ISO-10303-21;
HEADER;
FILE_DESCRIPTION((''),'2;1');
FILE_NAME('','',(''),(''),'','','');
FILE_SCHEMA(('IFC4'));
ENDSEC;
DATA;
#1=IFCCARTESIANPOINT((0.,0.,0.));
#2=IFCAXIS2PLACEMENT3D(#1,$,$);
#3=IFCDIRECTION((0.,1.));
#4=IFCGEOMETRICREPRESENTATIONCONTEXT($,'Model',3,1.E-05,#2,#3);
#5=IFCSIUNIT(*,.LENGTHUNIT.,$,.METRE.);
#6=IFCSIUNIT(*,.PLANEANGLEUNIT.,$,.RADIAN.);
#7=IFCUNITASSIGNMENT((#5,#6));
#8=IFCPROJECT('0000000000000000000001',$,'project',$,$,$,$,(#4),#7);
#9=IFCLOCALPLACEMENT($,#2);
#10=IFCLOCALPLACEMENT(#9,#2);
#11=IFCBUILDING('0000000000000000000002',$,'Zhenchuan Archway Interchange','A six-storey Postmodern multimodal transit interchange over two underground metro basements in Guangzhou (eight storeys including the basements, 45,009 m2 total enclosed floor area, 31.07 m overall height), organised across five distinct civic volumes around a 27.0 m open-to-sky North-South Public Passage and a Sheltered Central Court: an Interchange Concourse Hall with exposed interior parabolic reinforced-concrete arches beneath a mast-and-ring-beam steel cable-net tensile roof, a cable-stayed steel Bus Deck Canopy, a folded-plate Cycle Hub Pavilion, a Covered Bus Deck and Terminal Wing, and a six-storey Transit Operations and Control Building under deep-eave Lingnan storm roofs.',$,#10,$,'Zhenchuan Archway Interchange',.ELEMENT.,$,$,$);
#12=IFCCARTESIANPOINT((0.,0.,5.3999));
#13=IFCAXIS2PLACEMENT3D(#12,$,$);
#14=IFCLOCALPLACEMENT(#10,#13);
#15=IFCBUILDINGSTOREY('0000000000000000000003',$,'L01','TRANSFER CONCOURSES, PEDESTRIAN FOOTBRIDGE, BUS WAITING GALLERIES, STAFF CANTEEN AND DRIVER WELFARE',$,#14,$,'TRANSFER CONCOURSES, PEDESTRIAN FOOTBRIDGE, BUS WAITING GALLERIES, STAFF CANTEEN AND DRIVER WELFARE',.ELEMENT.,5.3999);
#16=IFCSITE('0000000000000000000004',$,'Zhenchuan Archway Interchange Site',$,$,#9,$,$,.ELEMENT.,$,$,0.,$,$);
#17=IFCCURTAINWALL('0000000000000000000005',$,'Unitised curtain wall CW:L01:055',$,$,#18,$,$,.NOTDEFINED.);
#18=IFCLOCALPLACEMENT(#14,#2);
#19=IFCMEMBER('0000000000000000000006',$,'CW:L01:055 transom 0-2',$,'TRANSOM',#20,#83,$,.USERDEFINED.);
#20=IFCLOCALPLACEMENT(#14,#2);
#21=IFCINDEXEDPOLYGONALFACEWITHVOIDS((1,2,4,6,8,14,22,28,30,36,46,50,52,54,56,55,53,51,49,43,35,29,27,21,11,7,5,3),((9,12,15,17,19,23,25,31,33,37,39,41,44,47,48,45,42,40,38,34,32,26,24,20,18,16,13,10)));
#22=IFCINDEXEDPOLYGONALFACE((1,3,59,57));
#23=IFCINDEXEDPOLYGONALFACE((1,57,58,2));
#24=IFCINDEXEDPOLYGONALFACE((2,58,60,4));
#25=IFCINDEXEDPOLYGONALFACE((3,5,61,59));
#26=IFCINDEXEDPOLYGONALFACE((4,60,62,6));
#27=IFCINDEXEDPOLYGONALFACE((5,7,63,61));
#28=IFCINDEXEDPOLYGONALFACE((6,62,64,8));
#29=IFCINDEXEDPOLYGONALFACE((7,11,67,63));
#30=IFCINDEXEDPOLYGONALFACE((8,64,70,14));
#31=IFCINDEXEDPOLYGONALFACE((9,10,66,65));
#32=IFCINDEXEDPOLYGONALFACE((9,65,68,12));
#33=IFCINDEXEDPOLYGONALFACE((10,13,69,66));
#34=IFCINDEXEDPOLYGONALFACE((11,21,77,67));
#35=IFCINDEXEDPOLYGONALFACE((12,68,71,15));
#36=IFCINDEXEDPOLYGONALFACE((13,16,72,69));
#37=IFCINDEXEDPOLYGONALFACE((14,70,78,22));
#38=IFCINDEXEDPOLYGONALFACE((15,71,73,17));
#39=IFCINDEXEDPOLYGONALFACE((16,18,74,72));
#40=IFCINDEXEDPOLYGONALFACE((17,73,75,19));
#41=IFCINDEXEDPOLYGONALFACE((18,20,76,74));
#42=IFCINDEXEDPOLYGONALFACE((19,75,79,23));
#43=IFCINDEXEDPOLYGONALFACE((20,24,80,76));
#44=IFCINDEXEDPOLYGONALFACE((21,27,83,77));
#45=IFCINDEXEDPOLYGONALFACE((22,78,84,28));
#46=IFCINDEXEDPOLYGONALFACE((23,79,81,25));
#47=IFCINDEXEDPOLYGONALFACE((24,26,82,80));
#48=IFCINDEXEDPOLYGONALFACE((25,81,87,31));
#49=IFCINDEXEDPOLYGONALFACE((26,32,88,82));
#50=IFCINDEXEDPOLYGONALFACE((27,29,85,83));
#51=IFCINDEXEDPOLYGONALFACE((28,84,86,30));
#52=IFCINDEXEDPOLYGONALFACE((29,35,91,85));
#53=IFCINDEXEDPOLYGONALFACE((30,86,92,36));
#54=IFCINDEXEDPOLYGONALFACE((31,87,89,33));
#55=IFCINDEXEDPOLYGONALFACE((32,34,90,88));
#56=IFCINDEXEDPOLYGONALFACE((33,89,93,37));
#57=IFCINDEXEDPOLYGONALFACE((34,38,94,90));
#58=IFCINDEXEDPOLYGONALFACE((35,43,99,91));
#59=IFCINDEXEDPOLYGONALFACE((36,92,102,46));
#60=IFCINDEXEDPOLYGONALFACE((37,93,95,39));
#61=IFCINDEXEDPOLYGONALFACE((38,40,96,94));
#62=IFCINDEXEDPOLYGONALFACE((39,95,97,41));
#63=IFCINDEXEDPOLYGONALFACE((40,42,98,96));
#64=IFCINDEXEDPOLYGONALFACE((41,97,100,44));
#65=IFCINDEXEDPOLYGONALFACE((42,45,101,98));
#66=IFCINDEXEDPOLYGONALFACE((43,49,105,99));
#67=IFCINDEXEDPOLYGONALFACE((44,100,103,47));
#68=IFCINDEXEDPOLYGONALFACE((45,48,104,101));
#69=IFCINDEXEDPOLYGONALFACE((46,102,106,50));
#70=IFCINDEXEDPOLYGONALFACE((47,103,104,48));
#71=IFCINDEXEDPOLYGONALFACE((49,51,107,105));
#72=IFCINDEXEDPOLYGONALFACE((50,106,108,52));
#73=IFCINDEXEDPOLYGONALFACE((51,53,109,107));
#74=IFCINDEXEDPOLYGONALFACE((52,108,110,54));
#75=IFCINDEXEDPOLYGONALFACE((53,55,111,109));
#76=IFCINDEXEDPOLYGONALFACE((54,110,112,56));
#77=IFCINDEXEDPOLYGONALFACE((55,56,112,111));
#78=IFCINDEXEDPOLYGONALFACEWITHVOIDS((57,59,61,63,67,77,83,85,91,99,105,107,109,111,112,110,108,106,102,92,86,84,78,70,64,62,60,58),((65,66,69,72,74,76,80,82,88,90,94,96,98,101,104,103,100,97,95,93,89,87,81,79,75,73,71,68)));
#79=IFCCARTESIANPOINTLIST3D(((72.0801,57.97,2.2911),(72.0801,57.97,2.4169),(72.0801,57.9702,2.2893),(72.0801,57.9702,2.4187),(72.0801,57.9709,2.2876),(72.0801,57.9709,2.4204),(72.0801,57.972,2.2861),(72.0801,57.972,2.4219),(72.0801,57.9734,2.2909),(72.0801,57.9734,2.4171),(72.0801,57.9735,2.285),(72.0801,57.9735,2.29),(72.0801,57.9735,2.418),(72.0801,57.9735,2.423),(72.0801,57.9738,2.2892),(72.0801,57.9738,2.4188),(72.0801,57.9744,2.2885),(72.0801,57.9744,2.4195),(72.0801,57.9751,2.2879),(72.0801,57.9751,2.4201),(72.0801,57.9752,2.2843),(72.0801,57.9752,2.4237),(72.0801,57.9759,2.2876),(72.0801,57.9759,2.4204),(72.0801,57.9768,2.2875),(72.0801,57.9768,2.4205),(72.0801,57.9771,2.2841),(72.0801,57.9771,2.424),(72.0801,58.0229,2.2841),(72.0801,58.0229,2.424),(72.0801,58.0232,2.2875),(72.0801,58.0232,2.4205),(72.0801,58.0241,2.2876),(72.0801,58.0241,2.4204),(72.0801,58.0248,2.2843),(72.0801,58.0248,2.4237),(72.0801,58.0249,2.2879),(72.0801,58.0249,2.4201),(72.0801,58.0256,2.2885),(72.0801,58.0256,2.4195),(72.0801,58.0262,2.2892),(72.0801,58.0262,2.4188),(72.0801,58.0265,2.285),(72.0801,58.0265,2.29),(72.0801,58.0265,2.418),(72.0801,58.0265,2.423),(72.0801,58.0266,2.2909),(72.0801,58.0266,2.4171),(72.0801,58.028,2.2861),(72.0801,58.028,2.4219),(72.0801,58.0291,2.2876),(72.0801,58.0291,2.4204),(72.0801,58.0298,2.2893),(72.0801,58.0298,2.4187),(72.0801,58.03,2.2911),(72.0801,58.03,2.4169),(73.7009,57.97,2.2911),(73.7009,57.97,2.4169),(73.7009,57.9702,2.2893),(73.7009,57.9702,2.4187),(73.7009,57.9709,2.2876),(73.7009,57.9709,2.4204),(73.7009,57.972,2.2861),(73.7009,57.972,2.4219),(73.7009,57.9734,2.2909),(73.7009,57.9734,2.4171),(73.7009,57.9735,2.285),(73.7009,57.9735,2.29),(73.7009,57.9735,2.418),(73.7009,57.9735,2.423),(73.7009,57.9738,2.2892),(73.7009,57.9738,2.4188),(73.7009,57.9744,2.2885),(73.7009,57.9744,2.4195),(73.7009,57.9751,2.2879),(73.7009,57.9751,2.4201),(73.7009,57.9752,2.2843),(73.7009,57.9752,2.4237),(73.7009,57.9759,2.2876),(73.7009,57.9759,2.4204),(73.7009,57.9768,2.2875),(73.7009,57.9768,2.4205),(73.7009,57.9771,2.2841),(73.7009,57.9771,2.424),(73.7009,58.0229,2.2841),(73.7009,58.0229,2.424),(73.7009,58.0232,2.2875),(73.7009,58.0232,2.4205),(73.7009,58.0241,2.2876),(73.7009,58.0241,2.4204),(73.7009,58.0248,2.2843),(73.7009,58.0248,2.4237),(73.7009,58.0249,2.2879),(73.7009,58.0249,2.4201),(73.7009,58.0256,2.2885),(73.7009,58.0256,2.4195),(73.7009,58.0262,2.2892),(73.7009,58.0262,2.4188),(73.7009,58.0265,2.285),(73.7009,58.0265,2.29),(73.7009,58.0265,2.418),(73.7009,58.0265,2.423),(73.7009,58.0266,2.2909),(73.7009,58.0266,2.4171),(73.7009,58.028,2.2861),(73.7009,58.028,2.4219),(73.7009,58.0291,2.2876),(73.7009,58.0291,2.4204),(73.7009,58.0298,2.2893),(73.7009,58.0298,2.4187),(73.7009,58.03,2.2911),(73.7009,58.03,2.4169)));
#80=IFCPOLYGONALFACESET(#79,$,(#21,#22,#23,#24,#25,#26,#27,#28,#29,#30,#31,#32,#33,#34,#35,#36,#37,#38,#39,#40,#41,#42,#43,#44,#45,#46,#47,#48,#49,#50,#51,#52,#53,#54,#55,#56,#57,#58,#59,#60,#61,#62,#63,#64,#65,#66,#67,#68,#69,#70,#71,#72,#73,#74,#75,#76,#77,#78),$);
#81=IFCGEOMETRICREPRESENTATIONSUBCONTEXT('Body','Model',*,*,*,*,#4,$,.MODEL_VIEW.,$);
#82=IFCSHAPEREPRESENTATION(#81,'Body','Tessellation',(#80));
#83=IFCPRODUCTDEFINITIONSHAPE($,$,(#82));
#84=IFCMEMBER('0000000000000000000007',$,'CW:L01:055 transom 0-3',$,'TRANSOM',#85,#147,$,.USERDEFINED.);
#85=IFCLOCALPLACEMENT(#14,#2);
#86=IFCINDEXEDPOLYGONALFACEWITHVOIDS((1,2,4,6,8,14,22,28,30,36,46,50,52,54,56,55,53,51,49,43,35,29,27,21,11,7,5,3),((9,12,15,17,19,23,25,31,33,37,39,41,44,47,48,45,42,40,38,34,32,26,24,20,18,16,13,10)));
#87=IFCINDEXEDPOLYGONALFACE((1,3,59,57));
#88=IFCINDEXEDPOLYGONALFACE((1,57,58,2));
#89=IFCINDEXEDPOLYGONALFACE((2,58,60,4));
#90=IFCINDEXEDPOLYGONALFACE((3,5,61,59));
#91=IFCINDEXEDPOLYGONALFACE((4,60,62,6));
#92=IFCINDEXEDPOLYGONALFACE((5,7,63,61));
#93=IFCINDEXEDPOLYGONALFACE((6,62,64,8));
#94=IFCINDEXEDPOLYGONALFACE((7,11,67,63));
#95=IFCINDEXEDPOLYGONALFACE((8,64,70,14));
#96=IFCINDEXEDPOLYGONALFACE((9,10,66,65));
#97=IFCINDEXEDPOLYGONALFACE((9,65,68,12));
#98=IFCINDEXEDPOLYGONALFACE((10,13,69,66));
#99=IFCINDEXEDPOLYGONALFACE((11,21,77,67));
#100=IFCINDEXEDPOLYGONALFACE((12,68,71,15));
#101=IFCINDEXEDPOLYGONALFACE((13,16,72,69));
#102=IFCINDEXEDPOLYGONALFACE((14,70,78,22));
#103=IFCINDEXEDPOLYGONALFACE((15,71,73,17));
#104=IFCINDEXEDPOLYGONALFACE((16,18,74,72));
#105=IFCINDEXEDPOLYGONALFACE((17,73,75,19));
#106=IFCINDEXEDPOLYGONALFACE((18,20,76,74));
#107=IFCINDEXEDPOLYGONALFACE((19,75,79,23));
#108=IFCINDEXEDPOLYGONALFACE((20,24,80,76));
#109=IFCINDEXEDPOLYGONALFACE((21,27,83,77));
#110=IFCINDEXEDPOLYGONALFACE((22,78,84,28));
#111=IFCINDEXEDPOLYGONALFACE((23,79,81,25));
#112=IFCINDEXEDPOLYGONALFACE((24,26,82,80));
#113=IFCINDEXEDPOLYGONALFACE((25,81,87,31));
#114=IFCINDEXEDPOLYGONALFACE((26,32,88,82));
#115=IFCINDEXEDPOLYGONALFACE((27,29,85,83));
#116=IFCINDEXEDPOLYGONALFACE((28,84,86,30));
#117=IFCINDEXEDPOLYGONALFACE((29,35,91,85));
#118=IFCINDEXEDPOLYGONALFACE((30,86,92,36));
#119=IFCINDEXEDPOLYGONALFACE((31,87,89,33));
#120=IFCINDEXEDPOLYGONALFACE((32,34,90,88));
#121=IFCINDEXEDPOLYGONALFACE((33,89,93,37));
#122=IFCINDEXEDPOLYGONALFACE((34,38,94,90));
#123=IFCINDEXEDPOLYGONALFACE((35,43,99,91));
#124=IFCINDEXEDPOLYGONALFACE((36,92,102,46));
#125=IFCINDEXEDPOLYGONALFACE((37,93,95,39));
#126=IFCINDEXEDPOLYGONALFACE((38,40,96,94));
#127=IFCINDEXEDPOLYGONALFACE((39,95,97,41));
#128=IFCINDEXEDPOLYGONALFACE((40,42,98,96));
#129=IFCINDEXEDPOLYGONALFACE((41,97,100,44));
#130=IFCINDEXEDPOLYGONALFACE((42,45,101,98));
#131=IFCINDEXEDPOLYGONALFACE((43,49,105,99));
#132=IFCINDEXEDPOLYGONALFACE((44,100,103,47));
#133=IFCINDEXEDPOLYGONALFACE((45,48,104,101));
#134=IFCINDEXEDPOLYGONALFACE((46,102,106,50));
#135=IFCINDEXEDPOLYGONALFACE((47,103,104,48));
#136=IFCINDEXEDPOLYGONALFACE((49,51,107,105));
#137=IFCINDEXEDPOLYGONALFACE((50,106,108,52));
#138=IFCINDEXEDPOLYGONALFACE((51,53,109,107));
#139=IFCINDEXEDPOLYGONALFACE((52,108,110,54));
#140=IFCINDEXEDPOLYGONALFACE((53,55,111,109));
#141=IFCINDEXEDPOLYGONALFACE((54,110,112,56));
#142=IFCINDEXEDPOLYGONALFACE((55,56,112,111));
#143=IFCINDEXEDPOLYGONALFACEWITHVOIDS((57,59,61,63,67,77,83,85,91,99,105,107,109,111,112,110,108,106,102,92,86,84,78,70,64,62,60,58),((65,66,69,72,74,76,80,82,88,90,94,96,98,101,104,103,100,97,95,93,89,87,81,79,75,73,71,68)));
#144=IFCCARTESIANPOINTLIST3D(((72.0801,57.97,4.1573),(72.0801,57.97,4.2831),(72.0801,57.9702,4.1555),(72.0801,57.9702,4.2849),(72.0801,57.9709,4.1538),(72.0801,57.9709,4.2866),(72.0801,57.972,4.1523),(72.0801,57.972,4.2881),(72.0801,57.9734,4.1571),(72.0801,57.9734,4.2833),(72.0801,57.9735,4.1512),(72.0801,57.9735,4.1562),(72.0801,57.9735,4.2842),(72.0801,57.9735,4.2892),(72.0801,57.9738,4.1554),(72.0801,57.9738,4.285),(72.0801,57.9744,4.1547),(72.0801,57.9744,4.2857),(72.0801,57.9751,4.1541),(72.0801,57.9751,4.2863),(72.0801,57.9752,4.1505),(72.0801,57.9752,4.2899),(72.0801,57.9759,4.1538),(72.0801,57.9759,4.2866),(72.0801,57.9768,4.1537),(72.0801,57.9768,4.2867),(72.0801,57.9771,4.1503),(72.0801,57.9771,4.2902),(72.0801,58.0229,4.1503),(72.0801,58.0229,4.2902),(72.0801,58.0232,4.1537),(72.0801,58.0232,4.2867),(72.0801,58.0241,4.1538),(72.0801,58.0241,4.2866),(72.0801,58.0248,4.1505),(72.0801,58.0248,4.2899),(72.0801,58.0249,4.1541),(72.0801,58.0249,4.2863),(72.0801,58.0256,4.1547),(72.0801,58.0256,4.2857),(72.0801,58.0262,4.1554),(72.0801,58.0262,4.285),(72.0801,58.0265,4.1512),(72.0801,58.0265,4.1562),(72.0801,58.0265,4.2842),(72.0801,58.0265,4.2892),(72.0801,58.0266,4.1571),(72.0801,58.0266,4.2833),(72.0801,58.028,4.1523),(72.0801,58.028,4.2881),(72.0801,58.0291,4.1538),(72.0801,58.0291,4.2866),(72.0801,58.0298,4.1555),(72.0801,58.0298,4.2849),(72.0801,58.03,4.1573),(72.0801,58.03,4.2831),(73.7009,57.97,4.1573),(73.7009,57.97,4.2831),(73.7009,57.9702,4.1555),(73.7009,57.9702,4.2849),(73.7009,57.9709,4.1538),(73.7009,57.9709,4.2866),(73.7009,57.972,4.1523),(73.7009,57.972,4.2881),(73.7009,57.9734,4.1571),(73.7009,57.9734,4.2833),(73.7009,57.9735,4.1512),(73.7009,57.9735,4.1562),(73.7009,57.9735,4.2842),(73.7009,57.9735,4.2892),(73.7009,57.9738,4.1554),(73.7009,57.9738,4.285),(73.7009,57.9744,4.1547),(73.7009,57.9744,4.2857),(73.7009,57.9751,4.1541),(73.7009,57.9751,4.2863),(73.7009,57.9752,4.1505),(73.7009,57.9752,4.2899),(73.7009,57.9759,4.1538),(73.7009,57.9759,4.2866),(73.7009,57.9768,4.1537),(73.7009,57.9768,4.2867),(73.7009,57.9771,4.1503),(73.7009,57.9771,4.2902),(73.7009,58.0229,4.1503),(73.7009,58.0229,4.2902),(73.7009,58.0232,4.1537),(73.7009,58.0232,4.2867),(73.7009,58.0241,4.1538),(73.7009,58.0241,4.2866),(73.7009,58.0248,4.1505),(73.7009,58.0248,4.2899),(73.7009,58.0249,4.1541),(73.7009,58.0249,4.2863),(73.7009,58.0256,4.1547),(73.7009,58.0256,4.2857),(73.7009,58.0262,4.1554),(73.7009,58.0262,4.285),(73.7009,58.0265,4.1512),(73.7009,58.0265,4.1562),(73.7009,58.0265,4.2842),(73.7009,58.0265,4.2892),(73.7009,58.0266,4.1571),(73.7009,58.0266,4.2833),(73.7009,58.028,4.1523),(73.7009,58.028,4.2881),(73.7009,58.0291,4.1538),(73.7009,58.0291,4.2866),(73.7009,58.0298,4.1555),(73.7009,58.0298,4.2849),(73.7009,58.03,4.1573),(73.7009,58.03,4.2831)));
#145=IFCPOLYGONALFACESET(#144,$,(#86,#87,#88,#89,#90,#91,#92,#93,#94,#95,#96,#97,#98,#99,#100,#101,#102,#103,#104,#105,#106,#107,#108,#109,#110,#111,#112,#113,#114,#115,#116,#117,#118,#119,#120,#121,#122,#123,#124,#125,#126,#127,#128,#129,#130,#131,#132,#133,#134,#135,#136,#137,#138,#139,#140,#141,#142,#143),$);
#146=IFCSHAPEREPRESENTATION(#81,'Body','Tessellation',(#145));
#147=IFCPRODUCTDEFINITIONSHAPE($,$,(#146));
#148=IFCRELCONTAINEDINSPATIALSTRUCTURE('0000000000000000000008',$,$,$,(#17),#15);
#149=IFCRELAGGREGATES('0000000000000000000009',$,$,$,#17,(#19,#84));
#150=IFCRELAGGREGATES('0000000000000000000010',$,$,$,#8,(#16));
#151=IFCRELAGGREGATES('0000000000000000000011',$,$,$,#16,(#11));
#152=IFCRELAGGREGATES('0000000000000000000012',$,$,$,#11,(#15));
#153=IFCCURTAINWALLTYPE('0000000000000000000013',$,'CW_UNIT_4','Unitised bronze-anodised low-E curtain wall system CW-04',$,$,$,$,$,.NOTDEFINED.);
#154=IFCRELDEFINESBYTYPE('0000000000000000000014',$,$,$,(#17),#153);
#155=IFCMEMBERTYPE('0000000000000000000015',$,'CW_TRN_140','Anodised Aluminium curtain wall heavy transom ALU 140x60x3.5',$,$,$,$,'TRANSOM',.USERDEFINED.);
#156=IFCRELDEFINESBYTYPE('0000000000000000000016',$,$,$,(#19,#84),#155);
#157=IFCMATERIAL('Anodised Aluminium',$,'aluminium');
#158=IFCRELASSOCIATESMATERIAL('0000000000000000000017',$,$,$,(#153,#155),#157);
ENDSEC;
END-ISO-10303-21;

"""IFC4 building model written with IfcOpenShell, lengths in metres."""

from ifc_helpers import new_model, si_unit, direction, frame, origin, origin_2d, place, context, subcontext, project, spatial, hollow_rectangle, extrude, material, material_profile, profile_set, type_object, element, aggregate, save


model = new_model("IFC4")

# Units and contexts
model_context = context("Model", 3, precision=1e-05, world=origin(), true_north=direction((0.0, 1.0)))
body_context = subcontext(model_context, "Body", "Model", "MODEL_VIEW")
ifc_project = project(units=[si_unit("LENGTHUNIT", "METRE"), si_unit("PLANEANGLEUNIT", "RADIAN")], contexts=[model_context])

# Site, building, storey
site_placement = place(None, origin())
site = spatial("IfcSite", under=ifc_project, at=site_placement, Name="Zhenchuan Archway Interchange Site", CompositionType="ELEMENT", RefElevation=0.0)
building_placement = place(site_placement, origin())
building = spatial("IfcBuilding", under=site, at=building_placement, Name="Zhenchuan Archway Interchange", Description="A six-storey Postmodern multimodal transit interchange over two underground metro basements in Guangzhou (eight storeys including the basements, 45,009 m2 total enclosed floor area, 31.07 m overall height), organised across five distinct civic volumes around a 27.0 m open-to-sky North-South Public Passage and a Sheltered Central Court: an Interchange Concourse Hall with exposed interior parabolic reinforced-concrete arches beneath a mast-and-ring-beam steel cable-net tensile roof, a cable-stayed steel Bus Deck Canopy, a folded-plate Cycle Hub Pavilion, a Covered Bus Deck and Terminal Wing, and a six-storey Transit Operations and Control Building under deep-eave Lingnan storm roofs.", LongName="Zhenchuan Archway Interchange", CompositionType="ELEMENT")
storey_placement = place(building_placement, frame((0.0, 0.0, 5.3999)))
storey = spatial("IfcBuildingStorey", under=building, at=storey_placement, Name="L01", Description="TRANSFER CONCOURSES, PEDESTRIAN FOOTBRIDGE, BUS WAITING GALLERIES, STAFF CANTEEN AND DRIVER WELFARE", LongName="TRANSFER CONCOURSES, PEDESTRIAN FOOTBRIDGE, BUS WAITING GALLERIES, STAFF CANTEEN AND DRIVER WELFARE", CompositionType="ELEMENT", Elevation=5.3999)

# Shared definitions
ifc_material_1 = material(Name="Anodised Aluminium", Category="aluminium")

# Curtain wall, members
curtain_wall_type_1 = type_object("IfcCurtainWallType", Name="CW_UNIT_4", Description="Unitised bronze-anodised low-E curtain wall system CW-04", PredefinedType="NOTDEFINED", material=ifc_material_1)
curtain_wall_1_placement = place(storey_placement, origin())
curtain_wall_1 = element("IfcCurtainWall", 1, at=curtain_wall_1_placement, inside=storey, type_object=curtain_wall_type_1, Name="Unitised curtain wall CW:L01:055", PredefinedType="NOTDEFINED")
ifc_material_profile_1 = material_profile(ifc_material_1, hollow_rectangle(XDim=0.0601, YDim=0.1399, WallThickness=0.0034, InnerFilletRadius=0.0034, OuterFilletRadius=0.0071, at=origin_2d()), Name="ALU 140x60x3.5")
ifc_profile_set_1 = profile_set([ifc_material_profile_1], Name="Anodised Aluminium")
member_type_1 = type_object("IfcMemberType", Name="CW_TRN_140", Description="Anodised Aluminium curtain wall heavy transom ALU 140x60x3.5", ElementType="TRANSOM", PredefinedType="USERDEFINED", material=ifc_profile_set_1)
member_1_placement = place(storey_placement, frame((72.0801, 58.0, 2.354), z_axis=(1.0, 0.0, 0.0), x_axis=(0.0, 1.0, 0.0)))
member_1 = element("IfcMember", 2, at=member_1_placement, type_object=member_type_1, Name="CW:L01:055 transom 0-2", ObjectType="TRANSOM", PredefinedType="USERDEFINED", context=body_context, shape_type="SweptSolid", body=[
    extrude(hollow_rectangle(XDim=0.0601, YDim=0.1399, WallThickness=0.0034, InnerFilletRadius=0.0034, OuterFilletRadius=0.0071, at=origin_2d()), origin(), (0.0, 0.0, 1.0), 1.6208),
])
member_2_placement = place(storey_placement, frame((72.0801, 58.0, 4.2202), z_axis=(1.0, 0.0, 0.0), x_axis=(0.0, 1.0, 0.0)))
member_2 = element("IfcMember", 3, at=member_2_placement, type_object=member_type_1, Name="CW:L01:055 transom 0-3", ObjectType="TRANSOM", PredefinedType="USERDEFINED", context=body_context, shape_type="SweptSolid", body=[
    extrude(hollow_rectangle(XDim=0.0601, YDim=0.1399, WallThickness=0.0034, InnerFilletRadius=0.0034, OuterFilletRadius=0.0071, at=origin_2d()), origin(), (0.0, 0.0, 1.0), 1.6208),
])

aggregate(curtain_wall_1, [member_1, member_2])

save(model, "model.ifc")
